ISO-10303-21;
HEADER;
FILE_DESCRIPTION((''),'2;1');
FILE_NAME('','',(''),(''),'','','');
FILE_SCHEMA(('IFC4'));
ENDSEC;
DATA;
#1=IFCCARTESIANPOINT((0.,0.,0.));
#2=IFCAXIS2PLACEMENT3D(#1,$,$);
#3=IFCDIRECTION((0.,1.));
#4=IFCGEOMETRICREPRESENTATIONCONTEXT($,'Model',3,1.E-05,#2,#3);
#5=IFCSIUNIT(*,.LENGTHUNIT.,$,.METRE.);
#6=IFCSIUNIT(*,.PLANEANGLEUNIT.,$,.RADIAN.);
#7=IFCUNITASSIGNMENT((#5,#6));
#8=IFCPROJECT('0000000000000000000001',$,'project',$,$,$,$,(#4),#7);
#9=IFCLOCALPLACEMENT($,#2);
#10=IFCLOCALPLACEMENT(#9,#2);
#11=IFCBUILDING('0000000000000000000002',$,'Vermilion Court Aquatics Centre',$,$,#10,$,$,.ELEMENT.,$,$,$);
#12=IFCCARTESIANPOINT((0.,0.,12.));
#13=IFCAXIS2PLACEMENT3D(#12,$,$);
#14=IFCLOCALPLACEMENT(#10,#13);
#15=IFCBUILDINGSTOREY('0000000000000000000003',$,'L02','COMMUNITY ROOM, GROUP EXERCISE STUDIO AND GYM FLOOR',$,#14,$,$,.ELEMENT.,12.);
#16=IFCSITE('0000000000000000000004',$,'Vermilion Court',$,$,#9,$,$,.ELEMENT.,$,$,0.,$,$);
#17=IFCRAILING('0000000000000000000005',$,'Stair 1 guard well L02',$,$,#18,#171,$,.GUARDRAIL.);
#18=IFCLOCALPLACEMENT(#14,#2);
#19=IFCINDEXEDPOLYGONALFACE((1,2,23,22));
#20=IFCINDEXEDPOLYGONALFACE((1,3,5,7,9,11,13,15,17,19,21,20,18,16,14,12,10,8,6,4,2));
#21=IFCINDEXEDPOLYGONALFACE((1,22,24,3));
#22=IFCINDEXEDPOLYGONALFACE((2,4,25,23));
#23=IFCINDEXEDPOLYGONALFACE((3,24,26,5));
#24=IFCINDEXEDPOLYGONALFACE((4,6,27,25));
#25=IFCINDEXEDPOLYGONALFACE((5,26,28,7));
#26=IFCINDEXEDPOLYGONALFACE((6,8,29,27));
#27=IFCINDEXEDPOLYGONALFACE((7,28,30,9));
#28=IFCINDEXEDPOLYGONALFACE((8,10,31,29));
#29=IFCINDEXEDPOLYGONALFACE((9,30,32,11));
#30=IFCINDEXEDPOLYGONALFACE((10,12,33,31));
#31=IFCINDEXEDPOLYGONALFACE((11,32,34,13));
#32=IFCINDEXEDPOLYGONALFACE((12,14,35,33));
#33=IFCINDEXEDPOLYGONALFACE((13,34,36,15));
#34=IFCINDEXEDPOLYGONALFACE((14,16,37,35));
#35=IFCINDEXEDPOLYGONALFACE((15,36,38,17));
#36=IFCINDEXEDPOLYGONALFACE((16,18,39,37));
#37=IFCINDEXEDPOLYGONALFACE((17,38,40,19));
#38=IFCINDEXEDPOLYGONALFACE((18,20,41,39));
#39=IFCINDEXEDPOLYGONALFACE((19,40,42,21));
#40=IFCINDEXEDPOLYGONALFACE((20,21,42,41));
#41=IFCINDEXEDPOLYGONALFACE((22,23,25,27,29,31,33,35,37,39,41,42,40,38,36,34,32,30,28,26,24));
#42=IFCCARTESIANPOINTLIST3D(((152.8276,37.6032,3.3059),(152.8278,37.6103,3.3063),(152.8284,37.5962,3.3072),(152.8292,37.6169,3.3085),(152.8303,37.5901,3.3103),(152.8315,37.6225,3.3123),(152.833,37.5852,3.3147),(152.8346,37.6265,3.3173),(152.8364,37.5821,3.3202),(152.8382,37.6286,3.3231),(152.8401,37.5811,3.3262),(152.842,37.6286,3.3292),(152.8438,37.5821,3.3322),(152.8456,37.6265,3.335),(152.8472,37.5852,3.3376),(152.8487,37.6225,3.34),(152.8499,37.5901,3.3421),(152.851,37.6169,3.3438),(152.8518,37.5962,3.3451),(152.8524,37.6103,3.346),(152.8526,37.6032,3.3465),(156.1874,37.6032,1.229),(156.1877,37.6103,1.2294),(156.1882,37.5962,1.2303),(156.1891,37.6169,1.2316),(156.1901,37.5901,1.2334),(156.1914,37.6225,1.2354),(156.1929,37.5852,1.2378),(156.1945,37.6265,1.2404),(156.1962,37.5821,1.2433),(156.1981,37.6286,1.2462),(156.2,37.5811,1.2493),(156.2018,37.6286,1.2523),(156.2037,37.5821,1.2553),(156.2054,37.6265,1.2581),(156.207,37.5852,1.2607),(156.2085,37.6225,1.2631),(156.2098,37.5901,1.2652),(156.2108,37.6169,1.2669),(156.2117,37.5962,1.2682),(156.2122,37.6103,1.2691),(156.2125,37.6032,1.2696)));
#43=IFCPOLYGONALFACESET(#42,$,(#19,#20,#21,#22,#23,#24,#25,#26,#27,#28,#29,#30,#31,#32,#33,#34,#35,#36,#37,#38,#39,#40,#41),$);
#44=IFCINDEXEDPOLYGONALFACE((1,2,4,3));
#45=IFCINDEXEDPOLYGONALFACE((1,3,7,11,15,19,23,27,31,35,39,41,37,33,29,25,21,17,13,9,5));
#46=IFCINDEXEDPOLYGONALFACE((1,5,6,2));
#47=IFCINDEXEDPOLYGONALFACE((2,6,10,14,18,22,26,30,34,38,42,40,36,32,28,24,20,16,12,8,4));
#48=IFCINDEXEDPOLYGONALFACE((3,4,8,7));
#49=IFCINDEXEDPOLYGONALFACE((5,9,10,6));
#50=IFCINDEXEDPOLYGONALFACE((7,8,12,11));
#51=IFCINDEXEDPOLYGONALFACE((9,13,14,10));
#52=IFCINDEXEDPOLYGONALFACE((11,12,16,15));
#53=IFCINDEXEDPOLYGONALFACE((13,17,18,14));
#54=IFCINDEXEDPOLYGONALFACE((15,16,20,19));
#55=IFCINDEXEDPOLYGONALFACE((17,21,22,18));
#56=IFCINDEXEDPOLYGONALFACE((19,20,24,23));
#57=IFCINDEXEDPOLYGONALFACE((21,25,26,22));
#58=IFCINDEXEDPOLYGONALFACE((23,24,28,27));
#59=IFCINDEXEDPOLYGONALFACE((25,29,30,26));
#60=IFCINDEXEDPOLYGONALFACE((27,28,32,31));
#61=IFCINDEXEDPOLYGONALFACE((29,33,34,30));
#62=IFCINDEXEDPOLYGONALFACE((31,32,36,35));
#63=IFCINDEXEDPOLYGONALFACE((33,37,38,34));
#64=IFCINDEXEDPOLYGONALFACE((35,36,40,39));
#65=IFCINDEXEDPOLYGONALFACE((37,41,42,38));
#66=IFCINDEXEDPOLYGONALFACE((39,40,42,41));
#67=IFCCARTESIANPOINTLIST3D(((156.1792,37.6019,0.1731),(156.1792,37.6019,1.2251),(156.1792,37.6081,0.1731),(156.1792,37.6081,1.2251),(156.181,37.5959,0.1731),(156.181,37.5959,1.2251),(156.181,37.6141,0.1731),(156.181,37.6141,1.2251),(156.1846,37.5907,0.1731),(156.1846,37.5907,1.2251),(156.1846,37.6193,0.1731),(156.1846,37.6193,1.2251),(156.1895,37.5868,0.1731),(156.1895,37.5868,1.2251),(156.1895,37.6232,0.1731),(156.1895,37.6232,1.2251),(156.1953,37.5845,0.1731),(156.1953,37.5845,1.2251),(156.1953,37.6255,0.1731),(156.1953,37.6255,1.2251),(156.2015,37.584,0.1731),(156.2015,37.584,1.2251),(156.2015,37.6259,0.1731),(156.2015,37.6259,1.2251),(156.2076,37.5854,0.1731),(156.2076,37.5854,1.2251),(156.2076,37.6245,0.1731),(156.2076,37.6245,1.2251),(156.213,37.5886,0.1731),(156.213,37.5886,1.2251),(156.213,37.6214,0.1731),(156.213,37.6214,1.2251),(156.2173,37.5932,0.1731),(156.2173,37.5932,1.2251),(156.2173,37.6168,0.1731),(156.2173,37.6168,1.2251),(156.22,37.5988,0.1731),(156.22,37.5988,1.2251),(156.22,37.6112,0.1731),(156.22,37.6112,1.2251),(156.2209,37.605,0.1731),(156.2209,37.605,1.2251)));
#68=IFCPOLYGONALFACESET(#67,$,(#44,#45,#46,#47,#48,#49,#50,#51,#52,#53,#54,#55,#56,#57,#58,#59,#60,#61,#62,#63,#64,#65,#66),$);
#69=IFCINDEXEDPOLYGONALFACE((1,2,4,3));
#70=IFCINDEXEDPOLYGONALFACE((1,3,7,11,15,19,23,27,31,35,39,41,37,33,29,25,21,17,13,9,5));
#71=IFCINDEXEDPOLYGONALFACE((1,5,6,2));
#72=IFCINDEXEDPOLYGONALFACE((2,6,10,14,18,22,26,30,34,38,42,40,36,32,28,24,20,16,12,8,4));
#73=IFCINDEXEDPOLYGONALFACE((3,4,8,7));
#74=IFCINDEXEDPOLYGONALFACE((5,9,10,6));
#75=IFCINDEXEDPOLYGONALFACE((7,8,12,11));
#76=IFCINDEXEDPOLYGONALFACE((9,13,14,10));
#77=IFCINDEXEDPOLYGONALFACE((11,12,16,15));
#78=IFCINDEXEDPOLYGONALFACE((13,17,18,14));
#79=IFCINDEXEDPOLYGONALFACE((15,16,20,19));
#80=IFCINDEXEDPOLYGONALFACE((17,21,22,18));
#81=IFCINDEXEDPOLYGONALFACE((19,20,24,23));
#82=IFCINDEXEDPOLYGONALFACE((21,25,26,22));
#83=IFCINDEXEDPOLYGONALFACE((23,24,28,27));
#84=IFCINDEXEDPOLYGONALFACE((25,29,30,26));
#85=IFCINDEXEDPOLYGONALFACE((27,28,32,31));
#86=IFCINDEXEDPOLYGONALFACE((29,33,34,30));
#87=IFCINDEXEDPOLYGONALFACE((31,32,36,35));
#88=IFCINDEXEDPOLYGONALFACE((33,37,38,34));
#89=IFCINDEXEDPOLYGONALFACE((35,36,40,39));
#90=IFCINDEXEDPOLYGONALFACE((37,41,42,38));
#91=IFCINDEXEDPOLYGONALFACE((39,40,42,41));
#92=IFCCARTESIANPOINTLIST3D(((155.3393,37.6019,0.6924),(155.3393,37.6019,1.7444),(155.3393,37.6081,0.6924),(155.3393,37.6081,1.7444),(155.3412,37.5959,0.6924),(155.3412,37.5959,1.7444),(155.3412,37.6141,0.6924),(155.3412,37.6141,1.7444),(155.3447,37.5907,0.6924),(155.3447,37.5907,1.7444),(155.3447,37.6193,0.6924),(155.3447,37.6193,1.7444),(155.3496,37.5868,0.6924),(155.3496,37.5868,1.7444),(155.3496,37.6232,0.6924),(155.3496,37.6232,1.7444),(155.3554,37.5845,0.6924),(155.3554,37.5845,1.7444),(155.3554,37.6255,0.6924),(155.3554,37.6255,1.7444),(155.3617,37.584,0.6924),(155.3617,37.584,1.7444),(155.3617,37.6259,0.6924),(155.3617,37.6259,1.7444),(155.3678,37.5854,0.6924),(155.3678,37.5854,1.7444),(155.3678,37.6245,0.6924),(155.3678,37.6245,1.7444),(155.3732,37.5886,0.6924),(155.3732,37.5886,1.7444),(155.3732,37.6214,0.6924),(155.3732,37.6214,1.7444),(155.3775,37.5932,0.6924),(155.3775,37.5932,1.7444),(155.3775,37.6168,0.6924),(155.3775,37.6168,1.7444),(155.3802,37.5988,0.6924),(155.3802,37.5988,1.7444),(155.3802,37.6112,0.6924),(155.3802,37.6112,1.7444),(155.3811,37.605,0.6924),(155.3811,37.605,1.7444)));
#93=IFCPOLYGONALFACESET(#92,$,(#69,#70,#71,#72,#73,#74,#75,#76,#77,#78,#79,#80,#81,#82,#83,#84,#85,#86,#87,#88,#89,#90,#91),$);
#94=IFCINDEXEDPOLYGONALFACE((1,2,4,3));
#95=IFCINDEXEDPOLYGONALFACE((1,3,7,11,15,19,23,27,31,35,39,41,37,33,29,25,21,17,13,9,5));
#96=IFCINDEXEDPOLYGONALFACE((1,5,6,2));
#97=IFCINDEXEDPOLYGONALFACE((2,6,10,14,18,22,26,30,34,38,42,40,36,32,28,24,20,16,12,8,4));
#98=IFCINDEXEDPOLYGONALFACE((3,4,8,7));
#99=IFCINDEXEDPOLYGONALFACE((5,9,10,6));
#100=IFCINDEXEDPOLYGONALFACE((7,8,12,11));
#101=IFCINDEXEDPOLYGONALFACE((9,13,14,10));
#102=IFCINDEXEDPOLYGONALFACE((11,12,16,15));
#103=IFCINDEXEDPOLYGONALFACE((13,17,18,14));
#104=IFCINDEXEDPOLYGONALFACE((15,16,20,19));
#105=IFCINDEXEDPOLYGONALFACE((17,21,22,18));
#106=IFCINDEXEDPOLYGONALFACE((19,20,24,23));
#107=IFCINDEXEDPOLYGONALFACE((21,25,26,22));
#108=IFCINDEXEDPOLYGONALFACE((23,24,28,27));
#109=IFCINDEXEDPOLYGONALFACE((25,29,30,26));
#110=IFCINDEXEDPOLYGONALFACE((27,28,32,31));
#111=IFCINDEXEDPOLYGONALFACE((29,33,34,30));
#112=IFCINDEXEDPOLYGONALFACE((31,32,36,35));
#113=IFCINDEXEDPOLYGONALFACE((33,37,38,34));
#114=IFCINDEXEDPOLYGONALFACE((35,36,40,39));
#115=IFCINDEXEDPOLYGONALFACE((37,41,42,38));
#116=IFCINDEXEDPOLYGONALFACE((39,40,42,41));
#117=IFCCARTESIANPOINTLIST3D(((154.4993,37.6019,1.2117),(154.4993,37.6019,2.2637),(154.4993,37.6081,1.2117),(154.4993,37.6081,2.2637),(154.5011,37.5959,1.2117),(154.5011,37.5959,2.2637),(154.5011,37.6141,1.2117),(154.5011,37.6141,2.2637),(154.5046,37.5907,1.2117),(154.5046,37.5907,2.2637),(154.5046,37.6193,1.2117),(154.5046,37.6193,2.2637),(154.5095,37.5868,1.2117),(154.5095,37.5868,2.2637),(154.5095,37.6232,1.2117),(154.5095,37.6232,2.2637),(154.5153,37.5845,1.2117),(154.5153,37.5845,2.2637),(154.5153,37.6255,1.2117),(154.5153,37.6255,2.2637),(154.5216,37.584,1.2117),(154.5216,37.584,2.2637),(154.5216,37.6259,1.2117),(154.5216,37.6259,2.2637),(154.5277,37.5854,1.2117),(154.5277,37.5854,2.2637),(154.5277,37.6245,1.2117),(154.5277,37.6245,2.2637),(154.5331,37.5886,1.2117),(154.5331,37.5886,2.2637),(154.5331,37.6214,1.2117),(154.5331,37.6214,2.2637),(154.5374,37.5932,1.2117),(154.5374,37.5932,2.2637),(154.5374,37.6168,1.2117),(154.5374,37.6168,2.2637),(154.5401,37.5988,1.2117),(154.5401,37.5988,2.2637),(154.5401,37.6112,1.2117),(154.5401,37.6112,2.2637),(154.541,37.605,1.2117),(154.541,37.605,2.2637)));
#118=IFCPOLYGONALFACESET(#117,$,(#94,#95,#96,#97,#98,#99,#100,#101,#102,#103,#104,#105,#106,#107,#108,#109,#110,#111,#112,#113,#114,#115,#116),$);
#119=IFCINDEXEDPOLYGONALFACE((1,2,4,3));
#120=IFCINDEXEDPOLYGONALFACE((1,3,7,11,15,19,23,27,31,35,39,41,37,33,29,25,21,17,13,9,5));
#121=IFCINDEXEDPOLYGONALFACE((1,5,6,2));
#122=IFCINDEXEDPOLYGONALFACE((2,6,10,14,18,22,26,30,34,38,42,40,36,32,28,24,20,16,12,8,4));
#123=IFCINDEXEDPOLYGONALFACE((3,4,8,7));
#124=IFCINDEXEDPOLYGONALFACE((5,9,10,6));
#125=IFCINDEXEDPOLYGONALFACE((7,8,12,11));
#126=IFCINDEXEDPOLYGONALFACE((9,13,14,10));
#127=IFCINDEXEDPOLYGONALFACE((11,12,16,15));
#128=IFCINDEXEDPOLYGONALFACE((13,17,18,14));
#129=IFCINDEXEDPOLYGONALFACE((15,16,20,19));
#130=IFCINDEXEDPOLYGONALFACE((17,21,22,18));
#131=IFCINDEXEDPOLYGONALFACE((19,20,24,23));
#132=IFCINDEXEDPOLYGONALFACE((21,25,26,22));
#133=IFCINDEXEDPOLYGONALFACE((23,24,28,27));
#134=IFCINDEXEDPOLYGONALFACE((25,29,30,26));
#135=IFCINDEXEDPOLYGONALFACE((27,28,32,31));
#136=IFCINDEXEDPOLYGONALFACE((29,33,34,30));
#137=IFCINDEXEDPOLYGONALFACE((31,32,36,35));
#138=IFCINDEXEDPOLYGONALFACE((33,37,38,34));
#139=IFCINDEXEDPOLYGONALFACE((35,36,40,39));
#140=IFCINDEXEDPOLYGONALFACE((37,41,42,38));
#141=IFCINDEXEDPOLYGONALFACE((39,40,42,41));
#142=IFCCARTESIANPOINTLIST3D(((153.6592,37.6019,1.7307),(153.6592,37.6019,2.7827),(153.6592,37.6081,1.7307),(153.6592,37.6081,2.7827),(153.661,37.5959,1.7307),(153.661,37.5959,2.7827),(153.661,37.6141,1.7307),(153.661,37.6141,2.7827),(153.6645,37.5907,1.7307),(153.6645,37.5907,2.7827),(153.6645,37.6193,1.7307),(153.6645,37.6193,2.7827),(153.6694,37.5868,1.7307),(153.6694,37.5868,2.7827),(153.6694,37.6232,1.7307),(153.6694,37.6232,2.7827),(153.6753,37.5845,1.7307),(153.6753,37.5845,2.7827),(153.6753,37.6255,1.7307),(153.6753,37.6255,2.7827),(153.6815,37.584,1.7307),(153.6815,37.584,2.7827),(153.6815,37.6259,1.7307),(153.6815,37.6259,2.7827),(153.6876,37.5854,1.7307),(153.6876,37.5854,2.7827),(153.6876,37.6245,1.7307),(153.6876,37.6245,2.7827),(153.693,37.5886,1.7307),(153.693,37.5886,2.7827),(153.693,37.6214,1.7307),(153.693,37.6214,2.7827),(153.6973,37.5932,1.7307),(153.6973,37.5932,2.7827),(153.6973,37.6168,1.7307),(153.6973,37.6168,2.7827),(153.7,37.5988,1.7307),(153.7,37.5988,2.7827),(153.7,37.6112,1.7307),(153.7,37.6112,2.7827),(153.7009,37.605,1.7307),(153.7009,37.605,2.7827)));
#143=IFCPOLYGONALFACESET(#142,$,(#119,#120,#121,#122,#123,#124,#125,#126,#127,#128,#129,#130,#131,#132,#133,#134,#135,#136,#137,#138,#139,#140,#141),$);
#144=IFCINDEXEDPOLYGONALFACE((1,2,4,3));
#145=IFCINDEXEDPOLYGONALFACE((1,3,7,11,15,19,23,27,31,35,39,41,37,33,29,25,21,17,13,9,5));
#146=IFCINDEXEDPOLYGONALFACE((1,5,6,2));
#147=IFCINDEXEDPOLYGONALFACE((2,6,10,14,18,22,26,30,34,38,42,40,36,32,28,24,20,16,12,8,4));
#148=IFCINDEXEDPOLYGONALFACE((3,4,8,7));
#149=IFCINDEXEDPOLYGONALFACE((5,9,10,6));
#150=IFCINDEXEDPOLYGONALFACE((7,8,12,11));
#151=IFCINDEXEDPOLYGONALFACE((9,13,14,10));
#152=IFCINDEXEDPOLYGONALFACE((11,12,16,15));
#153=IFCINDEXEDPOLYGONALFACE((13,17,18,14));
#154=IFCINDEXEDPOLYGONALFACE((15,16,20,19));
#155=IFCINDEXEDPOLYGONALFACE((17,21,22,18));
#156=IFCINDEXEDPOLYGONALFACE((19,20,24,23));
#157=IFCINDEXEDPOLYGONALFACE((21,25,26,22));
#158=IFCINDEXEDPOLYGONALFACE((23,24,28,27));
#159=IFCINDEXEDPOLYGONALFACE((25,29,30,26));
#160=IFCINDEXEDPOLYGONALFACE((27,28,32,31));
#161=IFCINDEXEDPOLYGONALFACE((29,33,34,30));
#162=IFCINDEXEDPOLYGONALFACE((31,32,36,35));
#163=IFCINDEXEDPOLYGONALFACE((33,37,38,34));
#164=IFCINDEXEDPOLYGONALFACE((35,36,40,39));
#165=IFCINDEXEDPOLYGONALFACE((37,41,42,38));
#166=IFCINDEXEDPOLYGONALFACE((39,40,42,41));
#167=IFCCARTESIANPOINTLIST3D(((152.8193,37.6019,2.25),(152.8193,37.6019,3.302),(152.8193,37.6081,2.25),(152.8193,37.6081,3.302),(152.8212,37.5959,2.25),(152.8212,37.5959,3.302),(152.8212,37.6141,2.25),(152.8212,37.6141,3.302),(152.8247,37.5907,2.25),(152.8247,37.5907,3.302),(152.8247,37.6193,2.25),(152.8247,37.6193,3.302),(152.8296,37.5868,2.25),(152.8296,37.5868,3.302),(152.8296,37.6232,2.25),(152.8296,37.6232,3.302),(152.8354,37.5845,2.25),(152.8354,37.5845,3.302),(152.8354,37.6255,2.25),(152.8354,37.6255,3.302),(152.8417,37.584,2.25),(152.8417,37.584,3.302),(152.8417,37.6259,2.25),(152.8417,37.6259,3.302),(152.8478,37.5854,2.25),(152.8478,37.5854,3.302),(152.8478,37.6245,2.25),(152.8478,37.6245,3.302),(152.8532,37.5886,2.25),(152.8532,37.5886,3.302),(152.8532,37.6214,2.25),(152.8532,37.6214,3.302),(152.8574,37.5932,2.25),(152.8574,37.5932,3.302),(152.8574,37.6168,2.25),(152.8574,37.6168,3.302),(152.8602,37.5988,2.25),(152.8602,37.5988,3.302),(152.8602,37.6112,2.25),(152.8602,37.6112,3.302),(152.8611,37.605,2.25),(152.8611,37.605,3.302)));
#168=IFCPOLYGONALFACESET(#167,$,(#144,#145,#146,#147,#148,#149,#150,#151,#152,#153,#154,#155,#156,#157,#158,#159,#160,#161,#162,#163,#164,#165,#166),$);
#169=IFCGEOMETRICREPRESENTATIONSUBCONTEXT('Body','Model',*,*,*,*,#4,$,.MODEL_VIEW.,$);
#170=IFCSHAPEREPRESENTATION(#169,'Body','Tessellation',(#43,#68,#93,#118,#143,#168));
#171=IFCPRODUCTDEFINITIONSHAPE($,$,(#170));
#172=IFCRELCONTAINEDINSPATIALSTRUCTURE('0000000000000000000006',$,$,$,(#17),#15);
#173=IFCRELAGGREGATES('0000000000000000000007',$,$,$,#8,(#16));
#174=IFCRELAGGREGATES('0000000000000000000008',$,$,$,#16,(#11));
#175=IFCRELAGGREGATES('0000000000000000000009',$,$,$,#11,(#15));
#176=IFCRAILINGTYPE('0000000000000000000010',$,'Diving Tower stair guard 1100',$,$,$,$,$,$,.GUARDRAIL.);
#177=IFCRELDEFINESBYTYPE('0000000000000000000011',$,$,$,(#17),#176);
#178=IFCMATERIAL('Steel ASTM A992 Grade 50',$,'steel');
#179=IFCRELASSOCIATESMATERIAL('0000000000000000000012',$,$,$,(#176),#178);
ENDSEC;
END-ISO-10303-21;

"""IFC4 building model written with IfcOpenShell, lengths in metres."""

from ifc_helpers import new_model, si_unit, direction, frame, origin, origin_2d, place, context, subcontext, project, spatial, circle, extrude, material, type_object, element, save


model = new_model("IFC4")

# Units and contexts
model_context = context("Model", 3, precision=1e-05, world=origin(), true_north=direction((0.0, 1.0)))
body_context = subcontext(model_context, "Body", "Model", "MODEL_VIEW")
ifc_project = project(units=[si_unit("LENGTHUNIT", "METRE"), si_unit("PLANEANGLEUNIT", "RADIAN")], contexts=[model_context])

# Site, building, storey
site_placement = place(None, origin())
site = spatial("IfcSite", under=ifc_project, at=site_placement, Name="Vermilion Court", CompositionType="ELEMENT", RefElevation=0.0)
building_placement = place(site_placement, origin())
building = spatial("IfcBuilding", under=site, at=building_placement, Name="Vermilion Court Aquatics Centre", CompositionType="ELEMENT")
storey_placement = place(building_placement, frame((0.0, 0.0, 12.0)))
storey = spatial("IfcBuildingStorey", under=building, at=storey_placement, Name="L02", Description="COMMUNITY ROOM, GROUP EXERCISE STUDIO AND GYM FLOOR", CompositionType="ELEMENT", Elevation=12.0)

# Railing
ifc_material_1 = material(Name="Steel ASTM A992 Grade 50", Category="steel")
railing_type_1 = type_object("IfcRailingType", Name="Diving Tower stair guard 1100", PredefinedType="GUARDRAIL", material=ifc_material_1)
railing_1_placement = place(storey_placement, frame((156.2, 37.605, 0.1731)))
element("IfcRailing", 1, at=railing_1_placement, inside=storey, type_object=railing_type_1, Name="Stair 1 guard well L02", PredefinedType="GUARDRAIL", context=body_context, shape_type="SweptSolid", body=[
    extrude(circle(Radius=0.0239, at=origin_2d()), frame((0.0, 0.0, 1.0762), z_axis=(-0.850606, 0.0, 0.525803), x_axis=(0.0, -1.0, 0.0)), (0.0, 0.0, 1.0), 3.95),
    extrude(circle(Radius=0.021, at=origin_2d()), origin(), (0.0, 0.0, 1.0), 1.052),
    extrude(circle(Radius=0.021, at=origin_2d()), frame((-0.8398, 0.0, 0.5193)), (0.0, 0.0, 1.0), 1.052),
    extrude(circle(Radius=0.021, at=origin_2d()), frame((-1.6799, 0.0, 1.0386)), (0.0, 0.0, 1.0), 1.052),
    extrude(circle(Radius=0.021, at=origin_2d()), frame((-2.52, 0.0, 1.5576)), (0.0, 0.0, 1.0), 1.052),
    extrude(circle(Radius=0.021, at=origin_2d()), frame((-3.3599, 0.0, 2.0769)), (0.0, 0.0, 1.0), 1.052),
])

save(model, "model.ifc")
